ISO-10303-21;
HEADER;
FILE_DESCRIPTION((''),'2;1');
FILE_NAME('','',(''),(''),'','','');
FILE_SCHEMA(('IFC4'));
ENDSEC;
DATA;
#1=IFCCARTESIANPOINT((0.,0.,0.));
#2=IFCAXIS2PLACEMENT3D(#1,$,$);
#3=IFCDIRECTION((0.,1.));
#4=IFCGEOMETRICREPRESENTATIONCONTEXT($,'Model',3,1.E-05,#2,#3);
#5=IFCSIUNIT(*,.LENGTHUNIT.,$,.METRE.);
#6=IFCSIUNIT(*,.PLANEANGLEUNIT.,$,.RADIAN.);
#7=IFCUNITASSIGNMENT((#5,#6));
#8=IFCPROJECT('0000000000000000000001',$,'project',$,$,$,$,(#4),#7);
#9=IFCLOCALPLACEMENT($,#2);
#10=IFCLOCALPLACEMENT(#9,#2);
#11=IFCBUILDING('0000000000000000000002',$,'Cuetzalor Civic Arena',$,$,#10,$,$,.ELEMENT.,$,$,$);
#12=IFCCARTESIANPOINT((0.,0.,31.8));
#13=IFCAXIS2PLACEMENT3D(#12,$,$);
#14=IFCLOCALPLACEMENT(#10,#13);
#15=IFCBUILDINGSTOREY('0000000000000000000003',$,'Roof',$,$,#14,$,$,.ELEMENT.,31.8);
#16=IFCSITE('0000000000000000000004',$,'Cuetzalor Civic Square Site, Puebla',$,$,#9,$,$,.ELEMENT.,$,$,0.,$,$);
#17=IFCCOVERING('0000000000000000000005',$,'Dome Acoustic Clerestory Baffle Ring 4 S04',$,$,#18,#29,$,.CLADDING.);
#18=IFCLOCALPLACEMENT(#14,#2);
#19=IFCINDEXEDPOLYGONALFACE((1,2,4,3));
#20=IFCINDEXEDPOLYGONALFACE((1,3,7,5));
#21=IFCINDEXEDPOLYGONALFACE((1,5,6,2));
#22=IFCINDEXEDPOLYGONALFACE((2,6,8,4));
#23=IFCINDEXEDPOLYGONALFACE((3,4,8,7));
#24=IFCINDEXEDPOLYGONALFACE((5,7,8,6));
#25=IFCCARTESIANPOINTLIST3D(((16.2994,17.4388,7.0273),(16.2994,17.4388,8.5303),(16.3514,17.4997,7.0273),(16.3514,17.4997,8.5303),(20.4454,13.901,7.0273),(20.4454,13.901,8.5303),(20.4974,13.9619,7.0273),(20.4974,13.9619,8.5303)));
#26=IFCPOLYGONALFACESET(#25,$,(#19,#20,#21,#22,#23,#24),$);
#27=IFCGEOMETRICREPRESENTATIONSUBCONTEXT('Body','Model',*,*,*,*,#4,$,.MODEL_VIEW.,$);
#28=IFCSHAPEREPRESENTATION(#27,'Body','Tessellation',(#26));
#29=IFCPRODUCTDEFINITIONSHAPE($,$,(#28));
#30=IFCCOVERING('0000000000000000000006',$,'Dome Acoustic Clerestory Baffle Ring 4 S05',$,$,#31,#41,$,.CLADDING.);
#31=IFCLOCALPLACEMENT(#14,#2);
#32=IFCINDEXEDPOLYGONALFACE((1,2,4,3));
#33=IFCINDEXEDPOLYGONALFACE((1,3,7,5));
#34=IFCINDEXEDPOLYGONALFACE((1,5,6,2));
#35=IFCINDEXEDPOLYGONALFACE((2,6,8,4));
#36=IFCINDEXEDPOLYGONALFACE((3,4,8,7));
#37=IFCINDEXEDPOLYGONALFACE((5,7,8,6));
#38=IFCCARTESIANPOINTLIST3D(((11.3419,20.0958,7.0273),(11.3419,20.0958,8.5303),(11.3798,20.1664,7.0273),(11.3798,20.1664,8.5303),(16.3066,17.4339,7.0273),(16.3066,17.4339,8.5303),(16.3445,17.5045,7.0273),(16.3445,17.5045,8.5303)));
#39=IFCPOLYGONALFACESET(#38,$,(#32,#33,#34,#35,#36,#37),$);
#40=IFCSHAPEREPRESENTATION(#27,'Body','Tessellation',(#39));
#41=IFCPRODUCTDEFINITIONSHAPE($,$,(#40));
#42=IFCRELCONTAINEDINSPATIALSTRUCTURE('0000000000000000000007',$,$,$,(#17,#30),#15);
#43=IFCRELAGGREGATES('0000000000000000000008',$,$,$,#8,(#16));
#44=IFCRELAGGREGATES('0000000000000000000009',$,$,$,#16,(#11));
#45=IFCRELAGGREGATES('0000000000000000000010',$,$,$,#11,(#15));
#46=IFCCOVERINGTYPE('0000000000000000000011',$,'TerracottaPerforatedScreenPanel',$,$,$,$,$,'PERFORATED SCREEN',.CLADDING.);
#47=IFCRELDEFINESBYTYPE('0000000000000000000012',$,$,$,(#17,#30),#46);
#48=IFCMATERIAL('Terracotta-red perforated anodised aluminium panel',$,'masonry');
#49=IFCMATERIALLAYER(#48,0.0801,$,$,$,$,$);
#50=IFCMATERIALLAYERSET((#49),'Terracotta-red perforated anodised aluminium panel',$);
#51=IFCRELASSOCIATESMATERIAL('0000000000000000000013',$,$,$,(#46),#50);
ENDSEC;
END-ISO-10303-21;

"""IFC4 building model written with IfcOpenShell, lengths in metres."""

from ifc_helpers import new_model, si_unit, direction, frame, frame_2d, origin, place, context, subcontext, project, spatial, rectangle, extrude, material, layer, layer_set, type_object, element, save


model = new_model("IFC4")

# Units and contexts
model_context = context("Model", 3, precision=1e-05, world=origin(), true_north=direction((0.0, 1.0)))
body_context = subcontext(model_context, "Body", "Model", "MODEL_VIEW")
ifc_project = project(units=[si_unit("LENGTHUNIT", "METRE"), si_unit("PLANEANGLEUNIT", "RADIAN")], contexts=[model_context])

# Site, building, storey
site_placement = place(None, origin())
site = spatial("IfcSite", under=ifc_project, at=site_placement, Name="Cuetzalor Civic Square Site, Puebla", CompositionType="ELEMENT", RefElevation=0.0)
building_placement = place(site_placement, origin())
building = spatial("IfcBuilding", under=site, at=building_placement, Name="Cuetzalor Civic Arena", CompositionType="ELEMENT")
storey_placement = place(building_placement, frame((0.0, 0.0, 31.8)))
storey = spatial("IfcBuildingStorey", under=building, at=storey_placement, Name="Roof", CompositionType="ELEMENT", Elevation=31.8)

# Coverings
ifc_material_1 = material(Name="Terracotta-red perforated anodised aluminium panel", Category="masonry")
ifc_layer_1 = layer(ifc_material_1, 0.0801)
ifc_layer_set_1 = layer_set([ifc_layer_1], Name="Terracotta-red perforated anodised aluminium panel")
covering_type = type_object("IfcCoveringType", Name="TerracottaPerforatedScreenPanel", ElementType="PERFORATED SCREEN", PredefinedType="CLADDING", material=ifc_layer_set_1)
covering_1_placement = place(storey_placement, frame((16.3254, 17.4692, 7.0273), z_axis=(0.0, 0.0, 1.0), x_axis=(0.760693, -0.649111, 0.0)))
element("IfcCovering", 1, at=covering_1_placement, inside=storey, type_object=covering_type, Name="Dome Acoustic Clerestory Baffle Ring 4 S04", PredefinedType="CLADDING", context=body_context, shape_type="SweptSolid", body=[
    extrude(rectangle(XDim=5.4502, YDim=0.0801, at=frame_2d((2.7251, 0.0))), origin(), (0.0, 0.0, 1.0), 1.5029),
])
covering_2_placement = place(storey_placement, frame((11.3608, 20.1311, 7.0273), z_axis=(0.0, 0.0, 1.0), x_axis=(0.881313, -0.472533, 0.0)))
element("IfcCovering", 2, at=covering_2_placement, inside=storey, type_object=covering_type, Name="Dome Acoustic Clerestory Baffle Ring 4 S05", PredefinedType="CLADDING", context=body_context, shape_type="SweptSolid", body=[
    extrude(rectangle(XDim=5.6333, YDim=0.0801, at=frame_2d((2.8167, 0.0))), origin(), (0.0, 0.0, 1.0), 1.5029),
])

save(model, "model.ifc")
